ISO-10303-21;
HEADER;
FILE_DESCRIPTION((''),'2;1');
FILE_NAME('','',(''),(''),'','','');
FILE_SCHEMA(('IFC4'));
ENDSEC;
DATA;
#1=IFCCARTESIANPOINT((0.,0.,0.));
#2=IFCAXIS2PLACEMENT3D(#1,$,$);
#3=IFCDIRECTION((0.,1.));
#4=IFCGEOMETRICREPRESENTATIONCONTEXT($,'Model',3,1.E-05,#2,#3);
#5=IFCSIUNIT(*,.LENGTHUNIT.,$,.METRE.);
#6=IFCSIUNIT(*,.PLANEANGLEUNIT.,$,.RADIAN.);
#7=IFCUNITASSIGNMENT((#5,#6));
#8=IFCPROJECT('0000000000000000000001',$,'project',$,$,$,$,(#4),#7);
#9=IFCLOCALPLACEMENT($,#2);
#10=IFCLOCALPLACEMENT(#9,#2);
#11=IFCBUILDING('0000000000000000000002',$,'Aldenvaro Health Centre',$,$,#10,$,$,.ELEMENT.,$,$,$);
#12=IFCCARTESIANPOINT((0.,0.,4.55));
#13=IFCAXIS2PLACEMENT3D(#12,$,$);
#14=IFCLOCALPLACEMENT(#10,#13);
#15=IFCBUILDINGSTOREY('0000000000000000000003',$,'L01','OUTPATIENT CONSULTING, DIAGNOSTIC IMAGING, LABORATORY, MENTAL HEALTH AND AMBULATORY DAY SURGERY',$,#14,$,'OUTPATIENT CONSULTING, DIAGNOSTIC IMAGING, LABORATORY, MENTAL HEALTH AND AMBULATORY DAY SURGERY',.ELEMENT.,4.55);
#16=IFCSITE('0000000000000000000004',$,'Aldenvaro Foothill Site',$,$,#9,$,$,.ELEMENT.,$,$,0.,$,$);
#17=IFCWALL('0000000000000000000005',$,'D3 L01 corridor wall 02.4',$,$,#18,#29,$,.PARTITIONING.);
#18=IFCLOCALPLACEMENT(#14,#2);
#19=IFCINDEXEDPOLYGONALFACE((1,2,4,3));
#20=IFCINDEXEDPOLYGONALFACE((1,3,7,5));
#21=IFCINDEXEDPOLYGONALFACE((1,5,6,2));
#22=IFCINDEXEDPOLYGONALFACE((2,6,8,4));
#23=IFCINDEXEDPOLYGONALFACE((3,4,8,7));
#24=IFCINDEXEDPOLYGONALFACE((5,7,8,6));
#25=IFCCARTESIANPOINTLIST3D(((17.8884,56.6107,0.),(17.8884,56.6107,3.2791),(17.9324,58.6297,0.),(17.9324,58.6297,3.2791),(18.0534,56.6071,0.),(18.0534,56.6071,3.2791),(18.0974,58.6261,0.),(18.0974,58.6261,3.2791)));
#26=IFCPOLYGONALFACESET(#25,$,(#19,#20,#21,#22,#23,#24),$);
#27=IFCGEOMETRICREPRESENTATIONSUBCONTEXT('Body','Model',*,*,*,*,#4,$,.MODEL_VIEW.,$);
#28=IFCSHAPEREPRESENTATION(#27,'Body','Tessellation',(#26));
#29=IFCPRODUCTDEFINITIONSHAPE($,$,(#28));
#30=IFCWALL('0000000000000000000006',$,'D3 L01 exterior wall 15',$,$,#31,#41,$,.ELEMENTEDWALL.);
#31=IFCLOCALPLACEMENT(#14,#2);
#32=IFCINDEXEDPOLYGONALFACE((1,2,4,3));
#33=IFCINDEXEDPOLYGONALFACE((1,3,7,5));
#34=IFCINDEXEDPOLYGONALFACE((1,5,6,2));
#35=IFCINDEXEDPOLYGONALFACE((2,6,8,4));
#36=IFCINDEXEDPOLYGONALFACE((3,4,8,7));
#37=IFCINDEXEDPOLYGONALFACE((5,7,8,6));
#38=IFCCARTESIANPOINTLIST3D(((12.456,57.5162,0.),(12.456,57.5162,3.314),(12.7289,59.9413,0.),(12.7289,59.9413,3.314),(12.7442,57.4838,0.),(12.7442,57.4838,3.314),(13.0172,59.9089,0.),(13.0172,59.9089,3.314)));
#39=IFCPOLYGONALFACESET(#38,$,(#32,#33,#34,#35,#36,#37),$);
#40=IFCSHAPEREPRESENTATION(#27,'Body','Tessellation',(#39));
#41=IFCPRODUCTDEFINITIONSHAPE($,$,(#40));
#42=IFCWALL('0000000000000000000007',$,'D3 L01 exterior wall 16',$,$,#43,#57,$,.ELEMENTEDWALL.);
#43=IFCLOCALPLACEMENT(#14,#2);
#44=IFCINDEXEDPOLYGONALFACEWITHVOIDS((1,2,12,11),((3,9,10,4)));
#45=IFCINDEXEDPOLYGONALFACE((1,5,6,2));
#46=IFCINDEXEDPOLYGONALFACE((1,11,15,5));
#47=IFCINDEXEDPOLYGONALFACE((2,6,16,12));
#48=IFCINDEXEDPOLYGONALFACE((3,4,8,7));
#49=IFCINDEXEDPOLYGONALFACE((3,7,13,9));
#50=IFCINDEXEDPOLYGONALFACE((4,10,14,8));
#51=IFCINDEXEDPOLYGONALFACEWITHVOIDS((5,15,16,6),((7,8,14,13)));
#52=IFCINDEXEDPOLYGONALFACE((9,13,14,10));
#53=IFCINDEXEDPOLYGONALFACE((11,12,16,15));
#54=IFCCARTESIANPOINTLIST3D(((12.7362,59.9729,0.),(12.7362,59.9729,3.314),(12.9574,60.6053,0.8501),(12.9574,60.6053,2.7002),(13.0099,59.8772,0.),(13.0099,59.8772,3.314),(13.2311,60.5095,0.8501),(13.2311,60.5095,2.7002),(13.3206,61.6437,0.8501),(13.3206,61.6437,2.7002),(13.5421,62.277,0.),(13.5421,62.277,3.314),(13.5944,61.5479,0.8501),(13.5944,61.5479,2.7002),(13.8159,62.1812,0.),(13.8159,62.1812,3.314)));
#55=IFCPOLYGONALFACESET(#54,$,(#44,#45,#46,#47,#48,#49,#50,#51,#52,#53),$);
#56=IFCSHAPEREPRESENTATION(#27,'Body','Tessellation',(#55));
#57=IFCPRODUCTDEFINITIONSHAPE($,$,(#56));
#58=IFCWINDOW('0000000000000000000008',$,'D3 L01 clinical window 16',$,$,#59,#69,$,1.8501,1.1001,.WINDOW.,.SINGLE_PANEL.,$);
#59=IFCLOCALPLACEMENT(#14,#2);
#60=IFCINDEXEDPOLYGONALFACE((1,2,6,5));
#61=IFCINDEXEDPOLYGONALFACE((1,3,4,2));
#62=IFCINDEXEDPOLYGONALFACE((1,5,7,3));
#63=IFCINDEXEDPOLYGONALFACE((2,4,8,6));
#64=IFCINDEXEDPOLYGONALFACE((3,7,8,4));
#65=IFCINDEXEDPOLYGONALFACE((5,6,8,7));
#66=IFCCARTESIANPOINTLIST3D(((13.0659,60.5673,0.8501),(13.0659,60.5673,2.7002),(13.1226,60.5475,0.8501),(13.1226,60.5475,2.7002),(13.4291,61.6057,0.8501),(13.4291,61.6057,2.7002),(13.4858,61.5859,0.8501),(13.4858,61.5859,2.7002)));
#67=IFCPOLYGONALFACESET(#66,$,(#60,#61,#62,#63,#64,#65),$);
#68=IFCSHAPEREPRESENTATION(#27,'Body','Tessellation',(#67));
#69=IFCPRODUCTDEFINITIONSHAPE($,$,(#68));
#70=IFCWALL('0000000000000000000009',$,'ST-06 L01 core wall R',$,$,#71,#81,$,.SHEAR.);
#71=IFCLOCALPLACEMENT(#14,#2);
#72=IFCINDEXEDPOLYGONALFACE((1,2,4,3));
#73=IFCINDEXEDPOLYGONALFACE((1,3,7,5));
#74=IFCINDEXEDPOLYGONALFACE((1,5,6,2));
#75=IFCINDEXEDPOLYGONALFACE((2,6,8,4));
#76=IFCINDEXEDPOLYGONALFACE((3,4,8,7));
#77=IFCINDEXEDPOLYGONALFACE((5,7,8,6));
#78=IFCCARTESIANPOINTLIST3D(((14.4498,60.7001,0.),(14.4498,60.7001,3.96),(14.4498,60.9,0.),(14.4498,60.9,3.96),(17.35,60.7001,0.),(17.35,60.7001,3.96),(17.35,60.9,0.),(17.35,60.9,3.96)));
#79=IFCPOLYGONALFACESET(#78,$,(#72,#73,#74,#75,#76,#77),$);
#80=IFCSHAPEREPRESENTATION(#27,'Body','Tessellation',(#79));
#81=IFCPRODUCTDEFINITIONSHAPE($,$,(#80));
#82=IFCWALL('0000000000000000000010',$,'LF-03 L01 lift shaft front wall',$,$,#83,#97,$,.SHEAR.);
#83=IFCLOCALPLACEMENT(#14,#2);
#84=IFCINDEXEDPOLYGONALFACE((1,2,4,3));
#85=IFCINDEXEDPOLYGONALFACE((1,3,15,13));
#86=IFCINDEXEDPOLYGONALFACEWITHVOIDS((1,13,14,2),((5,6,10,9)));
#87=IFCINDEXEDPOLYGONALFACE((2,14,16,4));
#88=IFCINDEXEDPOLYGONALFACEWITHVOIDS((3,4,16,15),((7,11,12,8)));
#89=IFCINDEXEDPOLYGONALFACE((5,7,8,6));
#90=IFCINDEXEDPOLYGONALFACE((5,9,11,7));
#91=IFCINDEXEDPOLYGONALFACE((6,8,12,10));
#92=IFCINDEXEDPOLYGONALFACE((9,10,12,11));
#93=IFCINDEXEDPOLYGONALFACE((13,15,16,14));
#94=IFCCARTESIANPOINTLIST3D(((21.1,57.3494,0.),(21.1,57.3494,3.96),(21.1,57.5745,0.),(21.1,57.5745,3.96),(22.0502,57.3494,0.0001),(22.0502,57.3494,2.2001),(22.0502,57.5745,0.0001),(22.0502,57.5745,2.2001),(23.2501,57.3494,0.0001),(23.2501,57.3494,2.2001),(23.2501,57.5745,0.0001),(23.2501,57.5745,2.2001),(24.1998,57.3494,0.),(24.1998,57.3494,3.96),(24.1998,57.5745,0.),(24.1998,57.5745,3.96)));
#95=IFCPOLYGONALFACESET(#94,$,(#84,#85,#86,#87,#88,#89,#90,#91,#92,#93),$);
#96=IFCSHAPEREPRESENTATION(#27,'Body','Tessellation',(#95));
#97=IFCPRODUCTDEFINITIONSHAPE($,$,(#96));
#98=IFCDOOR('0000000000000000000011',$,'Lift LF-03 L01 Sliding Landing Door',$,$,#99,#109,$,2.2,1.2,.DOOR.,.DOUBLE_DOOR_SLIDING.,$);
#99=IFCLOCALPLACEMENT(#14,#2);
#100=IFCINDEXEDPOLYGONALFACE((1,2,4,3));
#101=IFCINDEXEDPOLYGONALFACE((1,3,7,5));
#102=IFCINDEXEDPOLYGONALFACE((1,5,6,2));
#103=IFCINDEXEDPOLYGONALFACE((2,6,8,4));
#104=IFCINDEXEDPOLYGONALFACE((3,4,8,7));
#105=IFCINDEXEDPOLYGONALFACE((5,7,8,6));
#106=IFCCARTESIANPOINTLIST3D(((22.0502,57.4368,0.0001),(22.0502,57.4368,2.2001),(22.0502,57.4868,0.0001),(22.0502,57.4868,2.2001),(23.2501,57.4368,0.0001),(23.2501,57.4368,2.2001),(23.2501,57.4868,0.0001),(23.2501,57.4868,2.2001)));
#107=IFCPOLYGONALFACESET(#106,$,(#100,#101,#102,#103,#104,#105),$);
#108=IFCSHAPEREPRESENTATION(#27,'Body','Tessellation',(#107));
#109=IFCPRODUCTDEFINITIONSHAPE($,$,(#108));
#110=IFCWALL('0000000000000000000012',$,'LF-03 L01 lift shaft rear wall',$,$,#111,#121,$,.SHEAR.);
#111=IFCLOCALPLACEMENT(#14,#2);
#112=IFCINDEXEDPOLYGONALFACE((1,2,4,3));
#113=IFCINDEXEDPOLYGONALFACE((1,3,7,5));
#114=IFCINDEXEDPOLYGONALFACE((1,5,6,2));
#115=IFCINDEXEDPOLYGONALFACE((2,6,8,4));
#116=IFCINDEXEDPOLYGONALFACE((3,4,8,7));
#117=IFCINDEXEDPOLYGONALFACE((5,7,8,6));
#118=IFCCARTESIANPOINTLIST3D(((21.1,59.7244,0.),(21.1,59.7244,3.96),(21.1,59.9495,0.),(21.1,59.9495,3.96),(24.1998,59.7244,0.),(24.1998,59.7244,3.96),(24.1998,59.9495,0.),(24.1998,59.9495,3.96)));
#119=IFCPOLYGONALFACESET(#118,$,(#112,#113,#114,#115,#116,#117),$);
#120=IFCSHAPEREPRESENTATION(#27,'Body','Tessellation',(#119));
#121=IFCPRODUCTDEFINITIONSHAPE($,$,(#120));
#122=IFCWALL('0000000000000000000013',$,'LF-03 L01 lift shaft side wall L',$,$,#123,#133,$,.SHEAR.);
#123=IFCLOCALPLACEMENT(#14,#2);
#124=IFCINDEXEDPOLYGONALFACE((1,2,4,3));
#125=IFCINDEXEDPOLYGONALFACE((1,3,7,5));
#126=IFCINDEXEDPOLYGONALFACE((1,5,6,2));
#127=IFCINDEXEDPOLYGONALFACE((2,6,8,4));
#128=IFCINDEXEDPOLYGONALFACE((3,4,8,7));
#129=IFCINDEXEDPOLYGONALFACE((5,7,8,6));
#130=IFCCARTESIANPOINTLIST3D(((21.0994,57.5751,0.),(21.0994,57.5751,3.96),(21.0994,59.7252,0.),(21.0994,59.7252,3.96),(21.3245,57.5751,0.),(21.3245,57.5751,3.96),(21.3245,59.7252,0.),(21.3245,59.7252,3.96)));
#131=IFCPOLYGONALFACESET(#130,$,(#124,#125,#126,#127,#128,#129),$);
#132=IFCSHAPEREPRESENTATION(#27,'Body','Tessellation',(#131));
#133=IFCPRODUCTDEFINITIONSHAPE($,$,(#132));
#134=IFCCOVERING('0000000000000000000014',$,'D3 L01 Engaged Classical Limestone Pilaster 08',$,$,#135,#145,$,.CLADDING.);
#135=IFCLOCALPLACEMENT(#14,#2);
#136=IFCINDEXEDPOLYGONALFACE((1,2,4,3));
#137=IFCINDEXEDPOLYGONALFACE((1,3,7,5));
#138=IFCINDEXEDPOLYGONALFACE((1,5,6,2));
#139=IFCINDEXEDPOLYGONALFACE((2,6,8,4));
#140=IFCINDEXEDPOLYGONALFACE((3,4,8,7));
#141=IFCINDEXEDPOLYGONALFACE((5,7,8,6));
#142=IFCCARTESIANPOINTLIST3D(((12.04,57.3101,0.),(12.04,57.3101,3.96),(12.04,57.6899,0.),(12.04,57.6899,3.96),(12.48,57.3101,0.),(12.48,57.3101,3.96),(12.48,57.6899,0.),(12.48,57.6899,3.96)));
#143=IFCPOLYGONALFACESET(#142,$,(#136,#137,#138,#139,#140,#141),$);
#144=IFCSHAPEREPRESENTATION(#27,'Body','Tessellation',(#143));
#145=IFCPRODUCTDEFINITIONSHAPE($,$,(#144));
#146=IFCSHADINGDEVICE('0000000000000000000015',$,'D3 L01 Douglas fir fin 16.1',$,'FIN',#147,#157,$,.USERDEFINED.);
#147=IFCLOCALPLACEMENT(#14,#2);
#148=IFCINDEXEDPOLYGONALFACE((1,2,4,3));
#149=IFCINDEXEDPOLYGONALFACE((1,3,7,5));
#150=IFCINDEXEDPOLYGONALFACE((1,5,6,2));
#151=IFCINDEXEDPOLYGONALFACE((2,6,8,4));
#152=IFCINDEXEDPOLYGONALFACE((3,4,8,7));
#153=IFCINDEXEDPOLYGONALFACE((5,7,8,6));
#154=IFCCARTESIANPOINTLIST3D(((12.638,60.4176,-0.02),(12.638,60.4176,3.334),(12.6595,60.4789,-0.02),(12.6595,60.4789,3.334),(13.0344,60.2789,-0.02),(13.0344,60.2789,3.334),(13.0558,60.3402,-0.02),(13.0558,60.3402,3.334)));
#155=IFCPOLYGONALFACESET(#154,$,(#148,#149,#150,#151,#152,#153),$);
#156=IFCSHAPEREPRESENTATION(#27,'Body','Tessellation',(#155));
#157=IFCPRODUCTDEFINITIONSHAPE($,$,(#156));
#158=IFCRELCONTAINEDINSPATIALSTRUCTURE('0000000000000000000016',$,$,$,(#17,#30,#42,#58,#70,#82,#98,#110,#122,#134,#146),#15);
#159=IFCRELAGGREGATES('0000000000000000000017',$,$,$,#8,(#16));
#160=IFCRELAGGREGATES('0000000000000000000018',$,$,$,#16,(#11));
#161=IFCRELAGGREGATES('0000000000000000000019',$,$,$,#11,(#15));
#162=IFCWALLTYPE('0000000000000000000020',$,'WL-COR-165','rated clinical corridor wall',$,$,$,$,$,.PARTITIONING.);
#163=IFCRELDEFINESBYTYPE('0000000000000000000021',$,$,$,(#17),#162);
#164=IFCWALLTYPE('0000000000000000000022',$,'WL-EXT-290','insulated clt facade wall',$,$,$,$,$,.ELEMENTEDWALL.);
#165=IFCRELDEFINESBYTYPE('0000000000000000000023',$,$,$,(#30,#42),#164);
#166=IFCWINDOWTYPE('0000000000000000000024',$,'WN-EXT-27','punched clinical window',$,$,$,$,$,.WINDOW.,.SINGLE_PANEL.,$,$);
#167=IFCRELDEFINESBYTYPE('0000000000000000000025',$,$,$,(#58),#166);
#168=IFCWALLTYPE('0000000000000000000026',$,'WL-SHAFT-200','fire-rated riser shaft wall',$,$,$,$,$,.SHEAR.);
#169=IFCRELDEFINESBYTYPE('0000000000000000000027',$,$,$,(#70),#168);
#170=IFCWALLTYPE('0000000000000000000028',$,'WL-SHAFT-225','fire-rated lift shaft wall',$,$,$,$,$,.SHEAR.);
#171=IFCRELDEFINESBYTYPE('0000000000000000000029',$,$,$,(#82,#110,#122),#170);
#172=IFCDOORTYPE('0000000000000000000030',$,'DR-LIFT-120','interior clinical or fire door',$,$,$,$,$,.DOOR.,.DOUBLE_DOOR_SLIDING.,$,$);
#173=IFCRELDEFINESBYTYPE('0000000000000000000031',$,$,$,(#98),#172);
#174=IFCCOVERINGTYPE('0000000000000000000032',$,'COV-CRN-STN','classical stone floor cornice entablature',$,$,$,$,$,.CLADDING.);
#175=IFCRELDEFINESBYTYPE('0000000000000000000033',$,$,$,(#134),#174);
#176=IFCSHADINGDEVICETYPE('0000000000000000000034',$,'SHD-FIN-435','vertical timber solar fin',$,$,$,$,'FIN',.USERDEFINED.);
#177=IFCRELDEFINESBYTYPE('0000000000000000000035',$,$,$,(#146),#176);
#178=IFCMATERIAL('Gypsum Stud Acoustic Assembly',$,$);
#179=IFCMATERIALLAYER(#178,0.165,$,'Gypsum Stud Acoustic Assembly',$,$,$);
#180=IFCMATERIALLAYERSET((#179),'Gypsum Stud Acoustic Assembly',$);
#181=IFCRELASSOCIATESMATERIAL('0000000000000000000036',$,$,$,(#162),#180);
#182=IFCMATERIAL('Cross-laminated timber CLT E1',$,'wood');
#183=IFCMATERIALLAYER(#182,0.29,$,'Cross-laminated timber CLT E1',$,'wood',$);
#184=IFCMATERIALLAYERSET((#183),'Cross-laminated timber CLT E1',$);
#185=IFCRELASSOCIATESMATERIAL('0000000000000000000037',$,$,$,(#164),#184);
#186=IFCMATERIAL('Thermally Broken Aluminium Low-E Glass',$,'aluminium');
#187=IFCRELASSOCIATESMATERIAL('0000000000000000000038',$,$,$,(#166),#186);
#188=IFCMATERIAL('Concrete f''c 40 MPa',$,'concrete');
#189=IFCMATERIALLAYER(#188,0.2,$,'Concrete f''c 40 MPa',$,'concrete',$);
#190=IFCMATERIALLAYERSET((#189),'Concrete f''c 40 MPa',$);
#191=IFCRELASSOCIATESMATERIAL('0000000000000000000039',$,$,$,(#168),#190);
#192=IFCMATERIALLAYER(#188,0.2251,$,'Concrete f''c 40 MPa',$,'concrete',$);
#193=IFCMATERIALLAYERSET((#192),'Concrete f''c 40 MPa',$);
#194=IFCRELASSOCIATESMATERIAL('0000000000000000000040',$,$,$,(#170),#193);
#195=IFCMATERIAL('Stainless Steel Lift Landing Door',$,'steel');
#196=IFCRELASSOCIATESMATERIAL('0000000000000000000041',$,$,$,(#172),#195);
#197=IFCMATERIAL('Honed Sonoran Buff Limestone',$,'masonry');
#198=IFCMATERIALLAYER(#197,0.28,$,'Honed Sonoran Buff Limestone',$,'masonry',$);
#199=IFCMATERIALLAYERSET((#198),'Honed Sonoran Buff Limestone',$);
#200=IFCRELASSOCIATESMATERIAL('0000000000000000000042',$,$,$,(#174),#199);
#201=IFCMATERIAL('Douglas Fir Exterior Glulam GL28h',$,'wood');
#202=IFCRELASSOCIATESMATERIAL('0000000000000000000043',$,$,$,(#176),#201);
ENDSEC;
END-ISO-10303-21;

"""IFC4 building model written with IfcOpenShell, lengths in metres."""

from ifc_helpers import new_model, si_unit, direction, frame, frame_2d, origin, origin_2d, place, context, subcontext, project, spatial, rectangle, extrude, material, layer, layer_set, type_object, element, fill, save


model = new_model("IFC4")

# Units and contexts
model_context = context("Model", 3, precision=1e-05, world=origin(), true_north=direction((0.0, 1.0)))
body_context = subcontext(model_context, "Body", "Model", "MODEL_VIEW")
ifc_project = project(units=[si_unit("LENGTHUNIT", "METRE"), si_unit("PLANEANGLEUNIT", "RADIAN")], contexts=[model_context])

# Site, building, storey
site_placement = place(None, origin())
site = spatial("IfcSite", under=ifc_project, at=site_placement, Name="Aldenvaro Foothill Site", CompositionType="ELEMENT", RefElevation=0.0)
building_placement = place(site_placement, origin())
building = spatial("IfcBuilding", under=site, at=building_placement, Name="Aldenvaro Health Centre", CompositionType="ELEMENT")
storey_placement = place(building_placement, frame((0.0, 0.0, 4.55)))
storey = spatial("IfcBuildingStorey", under=building, at=storey_placement, Name="L01", Description="OUTPATIENT CONSULTING, DIAGNOSTIC IMAGING, LABORATORY, MENTAL HEALTH AND AMBULATORY DAY SURGERY", LongName="OUTPATIENT CONSULTING, DIAGNOSTIC IMAGING, LABORATORY, MENTAL HEALTH AND AMBULATORY DAY SURGERY", CompositionType="ELEMENT", Elevation=4.55)

# Shared definitions
ifc_material_1 = material(Name="Gypsum Stud Acoustic Assembly")
ifc_layer_1 = layer(ifc_material_1, 0.165, Name="Gypsum Stud Acoustic Assembly")
ifc_layer_set_1 = layer_set([ifc_layer_1], Name="Gypsum Stud Acoustic Assembly")
wall_type_1 = type_object("IfcWallType", Name="WL-COR-165", Description="rated clinical corridor wall", PredefinedType="PARTITIONING", material=ifc_layer_set_1)

# Walls
wall_1_placement = place(storey_placement, frame((18.0149, 58.6279, 0.0), z_axis=(0.0, 0.0, 1.0), x_axis=(-0.02176, -0.999763, 0.0)))
element("IfcWall", 1, at=wall_1_placement, inside=storey, type_object=wall_type_1, Name="D3 L01 corridor wall 02.4", PredefinedType="PARTITIONING", context=body_context, shape_type="SweptSolid", body=[
    extrude(rectangle(XDim=2.0195, YDim=0.165, at=frame_2d((1.0098, 0.0))), origin(), (0.0, 0.0, 1.0), 3.2791),
])
ifc_material_2 = material(Name="Cross-laminated timber CLT E1", Category="wood")
ifc_layer_2 = layer(ifc_material_2, 0.29, Name="Cross-laminated timber CLT E1", Category="wood")
ifc_layer_set_2 = layer_set([ifc_layer_2], Name="Cross-laminated timber CLT E1")
wall_type_2 = type_object("IfcWallType", Name="WL-EXT-290", Description="insulated clt facade wall", PredefinedType="ELEMENTEDWALL", material=ifc_layer_set_2)
wall_2_placement = place(storey_placement, frame((12.6001, 57.5, 0.0), z_axis=(0.0, 0.0, 1.0), x_axis=(0.111848, 0.993725, 0.0)))
element("IfcWall", 2, at=wall_2_placement, inside=storey, type_object=wall_type_2, Name="D3 L01 exterior wall 15", PredefinedType="ELEMENTEDWALL", context=body_context, shape_type="SweptSolid", body=[
    extrude(rectangle(XDim=2.4404, YDim=0.29, at=frame_2d((1.2202, 0.0))), origin(), (0.0, 0.0, 1.0), 3.314),
])

# Wall, opening, window
wall_3_placement = place(storey_placement, frame((12.873, 59.925, 0.0), z_axis=(0.0, 0.0, 1.0), x_axis=(0.330177, 0.943919, 0.0)))
wall_3 = element("IfcWall", 3, at=wall_3_placement, inside=storey, type_object=wall_type_2, Name="D3 L01 exterior wall 16", PredefinedType="ELEMENTEDWALL", context=body_context, shape_type="SweptSolid", body=[
    extrude(rectangle(XDim=2.4409, YDim=0.29, at=frame_2d((1.2205, 0.0))), origin(), (0.0, 0.0, 1.0), 3.314),
])
opening_1_placement = place(wall_3_placement, frame((0.6699, 0.0, 0.8501)))
opening_1 = element("IfcOpeningElement", 4, at=opening_1_placement, cuts=wall_3, PredefinedType="OPENING", context=body_context, shape_type="SweptSolid", body=[
    extrude(rectangle(XDim=1.1001, YDim=1.8501, at=frame_2d((0.55, 0.925))), frame((0.0, 0.155, 0.0), z_axis=(0.0, -1.0, 0.0), x_axis=(1.0, 0.0, 0.0)), (0.0, 0.0, 1.0), 0.3101),
])
ifc_material_3 = material(Name="Thermally Broken Aluminium Low-E Glass", Category="aluminium")
window_type = type_object("IfcWindowType", Name="WN-EXT-27", Description="punched clinical window", PartitioningType="SINGLE_PANEL", PredefinedType="WINDOW", material=ifc_material_3)
window_placement = place(opening_1_placement, origin())
window = element("IfcWindow", 5, at=window_placement, inside=storey, type_object=window_type, Name="D3 L01 clinical window 16", OverallHeight=1.8501, OverallWidth=1.1001, PartitioningType="SINGLE_PANEL", PredefinedType="WINDOW", context=body_context, shape_type="SweptSolid", body=[
    extrude(rectangle(XDim=1.1001, YDim=1.8501, at=frame_2d((0.55, 0.925))), frame((0.0, 0.03, 0.0), z_axis=(0.0, -1.0, 0.0), x_axis=(1.0, 0.0, 0.0)), (0.0, 0.0, 1.0), 0.0601),
])
fill(opening_1, window)

# Wall
ifc_material_4 = material(Name="Concrete f'c 40 MPa", Category="concrete")
ifc_layer_3 = layer(ifc_material_4, 0.2, Name="Concrete f'c 40 MPa", Category="concrete")
ifc_layer_set_3 = layer_set([ifc_layer_3], Name="Concrete f'c 40 MPa")
wall_type_3 = type_object("IfcWallType", Name="WL-SHAFT-200", Description="fire-rated riser shaft wall", PredefinedType="SHEAR", material=ifc_layer_set_3)
wall_4_placement = place(storey_placement, frame((17.3501, 60.8, 0.0), z_axis=(0.0, 0.0, 1.0), x_axis=(-1.0, 0.0, 0.0)))
element("IfcWall", 6, at=wall_4_placement, inside=storey, type_object=wall_type_3, Name="ST-06 L01 core wall R", PredefinedType="SHEAR", context=body_context, shape_type="SweptSolid", body=[
    extrude(rectangle(XDim=2.9001, YDim=0.2, at=frame_2d((1.4502, 0.0))), origin(), (0.0, 0.0, 1.0), 3.96),
])

# Wall, opening, door
ifc_layer_4 = layer(ifc_material_4, 0.2251, Name="Concrete f'c 40 MPa", Category="concrete")
ifc_layer_set_4 = layer_set([ifc_layer_4], Name="Concrete f'c 40 MPa")
wall_type_4 = type_object("IfcWallType", Name="WL-SHAFT-225", Description="fire-rated lift shaft wall", PredefinedType="SHEAR", material=ifc_layer_set_4)
wall_5_placement = place(storey_placement, frame((21.1001, 57.4619, 0.0), z_axis=(0.0, 0.0, 1.0), x_axis=(1.0, 0.0, 0.0)))
wall_5 = element("IfcWall", 7, at=wall_5_placement, inside=storey, type_object=wall_type_4, Name="LF-03 L01 lift shaft front wall", PredefinedType="SHEAR", context=body_context, shape_type="SweptSolid", body=[
    extrude(rectangle(XDim=3.0999, YDim=0.2251, at=frame_2d((1.5498, 0.0))), origin(), (0.0, 0.0, 1.0), 3.96),
])
opening_2_placement = place(wall_5_placement, frame((0.95, 0.0, 0.0)))
opening_2 = element("IfcOpeningElement", 8, at=opening_2_placement, cuts=wall_5, PredefinedType="OPENING", context=body_context, shape_type="SweptSolid", body=[
    extrude(rectangle(XDim=1.2, YDim=2.2, at=frame_2d((0.6001, 1.1001))), frame((0.0, 0.1226, 0.0), z_axis=(0.0, -1.0, 0.0), x_axis=(1.0, 0.0, 0.0)), (0.0, 0.0, 1.0), 0.2451),
])
ifc_material_5 = material(Name="Stainless Steel Lift Landing Door", Category="steel")
door_type_1 = type_object("IfcDoorType", Name="DR-LIFT-120", Description="interior clinical or fire door", OperationType="DOUBLE_DOOR_SLIDING", PredefinedType="DOOR", material=ifc_material_5)
door_1_placement = place(opening_2_placement, origin())
door_1 = element("IfcDoor", 9, at=door_1_placement, inside=storey, type_object=door_type_1, Name="Lift LF-03 L01 Sliding Landing Door", OperationType="DOUBLE_DOOR_SLIDING", OverallHeight=2.2, OverallWidth=1.2, PredefinedType="DOOR", context=body_context, shape_type="SweptSolid", body=[
    extrude(rectangle(XDim=1.2, YDim=2.2, at=frame_2d((0.6001, 1.1001))), frame((0.0, 0.0249, 0.0), z_axis=(0.0, -1.0, 0.0), x_axis=(1.0, 0.0, 0.0)), (0.0, 0.0, 1.0), 0.05),
])
fill(opening_2, door_1)

# Walls
wall_6_placement = place(storey_placement, frame((21.1001, 59.8369, 0.0), z_axis=(0.0, 0.0, 1.0), x_axis=(1.0, 0.0, 0.0)))
element("IfcWall", 10, at=wall_6_placement, inside=storey, type_object=wall_type_4, Name="LF-03 L01 lift shaft rear wall", PredefinedType="SHEAR", context=body_context, shape_type="SweptSolid", body=[
    extrude(rectangle(XDim=3.0999, YDim=0.2251, at=frame_2d((1.5498, 0.0))), origin(), (0.0, 0.0, 1.0), 3.96),
])
wall_7_placement = place(storey_placement, frame((21.2119, 57.575, 0.0), z_axis=(0.0, 0.0, 1.0), x_axis=(0.0, 1.0, 0.0)))
element("IfcWall", 11, at=wall_7_placement, inside=storey, type_object=wall_type_4, Name="LF-03 L01 lift shaft side wall L", PredefinedType="SHEAR", context=body_context, shape_type="SweptSolid", body=[
    extrude(rectangle(XDim=2.1501, YDim=0.2251, at=frame_2d((1.0752, 0.0))), origin(), (0.0, 0.0, 1.0), 3.96),
])

# Covering
ifc_material_6 = material(Name="Honed Sonoran Buff Limestone", Category="masonry")
ifc_layer_5 = layer(ifc_material_6, 0.28, Name="Honed Sonoran Buff Limestone", Category="masonry")
ifc_layer_set_5 = layer_set([ifc_layer_5], Name="Honed Sonoran Buff Limestone")
covering_type = type_object("IfcCoveringType", Name="COV-CRN-STN", Description="classical stone floor cornice entablature", PredefinedType="CLADDING", material=ifc_layer_set_5)
covering_placement = place(storey_placement, frame((12.26, 57.5, 0.0), z_axis=(0.0, 0.0, 1.0), x_axis=(-1.0, 0.0, 0.0)))
element("IfcCovering", 12, at=covering_placement, inside=storey, type_object=covering_type, Name="D3 L01 Engaged Classical Limestone Pilaster 08", PredefinedType="CLADDING", context=body_context, shape_type="SweptSolid", body=[
    extrude(rectangle(XDim=0.4399, YDim=0.3799, at=origin_2d()), origin(), (0.0, 0.0, 1.0), 3.96),
])

# Shading device
ifc_material_7 = material(Name="Douglas Fir Exterior Glulam GL28h", Category="wood")
shading_device_type = type_object("IfcShadingDeviceType", Name="SHD-FIN-435", Description="vertical timber solar fin", ElementType="FIN", PredefinedType="USERDEFINED", material=ifc_material_7)
shading_device_placement = place(storey_placement, frame((12.8469, 60.3789, -0.02), z_axis=(0.0, 0.0, 1.0), x_axis=(0.330204, 0.943909, 0.0)))
element("IfcShadingDevice", 13, at=shading_device_placement, inside=storey, type_object=shading_device_type, Name="D3 L01 Douglas fir fin 16.1", ObjectType="FIN", PredefinedType="USERDEFINED", context=body_context, shape_type="SweptSolid", body=[
    extrude(rectangle(XDim=0.0649, YDim=0.4199, at=origin_2d()), origin(), (0.0, 0.0, 1.0), 3.354),
])

save(model, "model.ifc")
